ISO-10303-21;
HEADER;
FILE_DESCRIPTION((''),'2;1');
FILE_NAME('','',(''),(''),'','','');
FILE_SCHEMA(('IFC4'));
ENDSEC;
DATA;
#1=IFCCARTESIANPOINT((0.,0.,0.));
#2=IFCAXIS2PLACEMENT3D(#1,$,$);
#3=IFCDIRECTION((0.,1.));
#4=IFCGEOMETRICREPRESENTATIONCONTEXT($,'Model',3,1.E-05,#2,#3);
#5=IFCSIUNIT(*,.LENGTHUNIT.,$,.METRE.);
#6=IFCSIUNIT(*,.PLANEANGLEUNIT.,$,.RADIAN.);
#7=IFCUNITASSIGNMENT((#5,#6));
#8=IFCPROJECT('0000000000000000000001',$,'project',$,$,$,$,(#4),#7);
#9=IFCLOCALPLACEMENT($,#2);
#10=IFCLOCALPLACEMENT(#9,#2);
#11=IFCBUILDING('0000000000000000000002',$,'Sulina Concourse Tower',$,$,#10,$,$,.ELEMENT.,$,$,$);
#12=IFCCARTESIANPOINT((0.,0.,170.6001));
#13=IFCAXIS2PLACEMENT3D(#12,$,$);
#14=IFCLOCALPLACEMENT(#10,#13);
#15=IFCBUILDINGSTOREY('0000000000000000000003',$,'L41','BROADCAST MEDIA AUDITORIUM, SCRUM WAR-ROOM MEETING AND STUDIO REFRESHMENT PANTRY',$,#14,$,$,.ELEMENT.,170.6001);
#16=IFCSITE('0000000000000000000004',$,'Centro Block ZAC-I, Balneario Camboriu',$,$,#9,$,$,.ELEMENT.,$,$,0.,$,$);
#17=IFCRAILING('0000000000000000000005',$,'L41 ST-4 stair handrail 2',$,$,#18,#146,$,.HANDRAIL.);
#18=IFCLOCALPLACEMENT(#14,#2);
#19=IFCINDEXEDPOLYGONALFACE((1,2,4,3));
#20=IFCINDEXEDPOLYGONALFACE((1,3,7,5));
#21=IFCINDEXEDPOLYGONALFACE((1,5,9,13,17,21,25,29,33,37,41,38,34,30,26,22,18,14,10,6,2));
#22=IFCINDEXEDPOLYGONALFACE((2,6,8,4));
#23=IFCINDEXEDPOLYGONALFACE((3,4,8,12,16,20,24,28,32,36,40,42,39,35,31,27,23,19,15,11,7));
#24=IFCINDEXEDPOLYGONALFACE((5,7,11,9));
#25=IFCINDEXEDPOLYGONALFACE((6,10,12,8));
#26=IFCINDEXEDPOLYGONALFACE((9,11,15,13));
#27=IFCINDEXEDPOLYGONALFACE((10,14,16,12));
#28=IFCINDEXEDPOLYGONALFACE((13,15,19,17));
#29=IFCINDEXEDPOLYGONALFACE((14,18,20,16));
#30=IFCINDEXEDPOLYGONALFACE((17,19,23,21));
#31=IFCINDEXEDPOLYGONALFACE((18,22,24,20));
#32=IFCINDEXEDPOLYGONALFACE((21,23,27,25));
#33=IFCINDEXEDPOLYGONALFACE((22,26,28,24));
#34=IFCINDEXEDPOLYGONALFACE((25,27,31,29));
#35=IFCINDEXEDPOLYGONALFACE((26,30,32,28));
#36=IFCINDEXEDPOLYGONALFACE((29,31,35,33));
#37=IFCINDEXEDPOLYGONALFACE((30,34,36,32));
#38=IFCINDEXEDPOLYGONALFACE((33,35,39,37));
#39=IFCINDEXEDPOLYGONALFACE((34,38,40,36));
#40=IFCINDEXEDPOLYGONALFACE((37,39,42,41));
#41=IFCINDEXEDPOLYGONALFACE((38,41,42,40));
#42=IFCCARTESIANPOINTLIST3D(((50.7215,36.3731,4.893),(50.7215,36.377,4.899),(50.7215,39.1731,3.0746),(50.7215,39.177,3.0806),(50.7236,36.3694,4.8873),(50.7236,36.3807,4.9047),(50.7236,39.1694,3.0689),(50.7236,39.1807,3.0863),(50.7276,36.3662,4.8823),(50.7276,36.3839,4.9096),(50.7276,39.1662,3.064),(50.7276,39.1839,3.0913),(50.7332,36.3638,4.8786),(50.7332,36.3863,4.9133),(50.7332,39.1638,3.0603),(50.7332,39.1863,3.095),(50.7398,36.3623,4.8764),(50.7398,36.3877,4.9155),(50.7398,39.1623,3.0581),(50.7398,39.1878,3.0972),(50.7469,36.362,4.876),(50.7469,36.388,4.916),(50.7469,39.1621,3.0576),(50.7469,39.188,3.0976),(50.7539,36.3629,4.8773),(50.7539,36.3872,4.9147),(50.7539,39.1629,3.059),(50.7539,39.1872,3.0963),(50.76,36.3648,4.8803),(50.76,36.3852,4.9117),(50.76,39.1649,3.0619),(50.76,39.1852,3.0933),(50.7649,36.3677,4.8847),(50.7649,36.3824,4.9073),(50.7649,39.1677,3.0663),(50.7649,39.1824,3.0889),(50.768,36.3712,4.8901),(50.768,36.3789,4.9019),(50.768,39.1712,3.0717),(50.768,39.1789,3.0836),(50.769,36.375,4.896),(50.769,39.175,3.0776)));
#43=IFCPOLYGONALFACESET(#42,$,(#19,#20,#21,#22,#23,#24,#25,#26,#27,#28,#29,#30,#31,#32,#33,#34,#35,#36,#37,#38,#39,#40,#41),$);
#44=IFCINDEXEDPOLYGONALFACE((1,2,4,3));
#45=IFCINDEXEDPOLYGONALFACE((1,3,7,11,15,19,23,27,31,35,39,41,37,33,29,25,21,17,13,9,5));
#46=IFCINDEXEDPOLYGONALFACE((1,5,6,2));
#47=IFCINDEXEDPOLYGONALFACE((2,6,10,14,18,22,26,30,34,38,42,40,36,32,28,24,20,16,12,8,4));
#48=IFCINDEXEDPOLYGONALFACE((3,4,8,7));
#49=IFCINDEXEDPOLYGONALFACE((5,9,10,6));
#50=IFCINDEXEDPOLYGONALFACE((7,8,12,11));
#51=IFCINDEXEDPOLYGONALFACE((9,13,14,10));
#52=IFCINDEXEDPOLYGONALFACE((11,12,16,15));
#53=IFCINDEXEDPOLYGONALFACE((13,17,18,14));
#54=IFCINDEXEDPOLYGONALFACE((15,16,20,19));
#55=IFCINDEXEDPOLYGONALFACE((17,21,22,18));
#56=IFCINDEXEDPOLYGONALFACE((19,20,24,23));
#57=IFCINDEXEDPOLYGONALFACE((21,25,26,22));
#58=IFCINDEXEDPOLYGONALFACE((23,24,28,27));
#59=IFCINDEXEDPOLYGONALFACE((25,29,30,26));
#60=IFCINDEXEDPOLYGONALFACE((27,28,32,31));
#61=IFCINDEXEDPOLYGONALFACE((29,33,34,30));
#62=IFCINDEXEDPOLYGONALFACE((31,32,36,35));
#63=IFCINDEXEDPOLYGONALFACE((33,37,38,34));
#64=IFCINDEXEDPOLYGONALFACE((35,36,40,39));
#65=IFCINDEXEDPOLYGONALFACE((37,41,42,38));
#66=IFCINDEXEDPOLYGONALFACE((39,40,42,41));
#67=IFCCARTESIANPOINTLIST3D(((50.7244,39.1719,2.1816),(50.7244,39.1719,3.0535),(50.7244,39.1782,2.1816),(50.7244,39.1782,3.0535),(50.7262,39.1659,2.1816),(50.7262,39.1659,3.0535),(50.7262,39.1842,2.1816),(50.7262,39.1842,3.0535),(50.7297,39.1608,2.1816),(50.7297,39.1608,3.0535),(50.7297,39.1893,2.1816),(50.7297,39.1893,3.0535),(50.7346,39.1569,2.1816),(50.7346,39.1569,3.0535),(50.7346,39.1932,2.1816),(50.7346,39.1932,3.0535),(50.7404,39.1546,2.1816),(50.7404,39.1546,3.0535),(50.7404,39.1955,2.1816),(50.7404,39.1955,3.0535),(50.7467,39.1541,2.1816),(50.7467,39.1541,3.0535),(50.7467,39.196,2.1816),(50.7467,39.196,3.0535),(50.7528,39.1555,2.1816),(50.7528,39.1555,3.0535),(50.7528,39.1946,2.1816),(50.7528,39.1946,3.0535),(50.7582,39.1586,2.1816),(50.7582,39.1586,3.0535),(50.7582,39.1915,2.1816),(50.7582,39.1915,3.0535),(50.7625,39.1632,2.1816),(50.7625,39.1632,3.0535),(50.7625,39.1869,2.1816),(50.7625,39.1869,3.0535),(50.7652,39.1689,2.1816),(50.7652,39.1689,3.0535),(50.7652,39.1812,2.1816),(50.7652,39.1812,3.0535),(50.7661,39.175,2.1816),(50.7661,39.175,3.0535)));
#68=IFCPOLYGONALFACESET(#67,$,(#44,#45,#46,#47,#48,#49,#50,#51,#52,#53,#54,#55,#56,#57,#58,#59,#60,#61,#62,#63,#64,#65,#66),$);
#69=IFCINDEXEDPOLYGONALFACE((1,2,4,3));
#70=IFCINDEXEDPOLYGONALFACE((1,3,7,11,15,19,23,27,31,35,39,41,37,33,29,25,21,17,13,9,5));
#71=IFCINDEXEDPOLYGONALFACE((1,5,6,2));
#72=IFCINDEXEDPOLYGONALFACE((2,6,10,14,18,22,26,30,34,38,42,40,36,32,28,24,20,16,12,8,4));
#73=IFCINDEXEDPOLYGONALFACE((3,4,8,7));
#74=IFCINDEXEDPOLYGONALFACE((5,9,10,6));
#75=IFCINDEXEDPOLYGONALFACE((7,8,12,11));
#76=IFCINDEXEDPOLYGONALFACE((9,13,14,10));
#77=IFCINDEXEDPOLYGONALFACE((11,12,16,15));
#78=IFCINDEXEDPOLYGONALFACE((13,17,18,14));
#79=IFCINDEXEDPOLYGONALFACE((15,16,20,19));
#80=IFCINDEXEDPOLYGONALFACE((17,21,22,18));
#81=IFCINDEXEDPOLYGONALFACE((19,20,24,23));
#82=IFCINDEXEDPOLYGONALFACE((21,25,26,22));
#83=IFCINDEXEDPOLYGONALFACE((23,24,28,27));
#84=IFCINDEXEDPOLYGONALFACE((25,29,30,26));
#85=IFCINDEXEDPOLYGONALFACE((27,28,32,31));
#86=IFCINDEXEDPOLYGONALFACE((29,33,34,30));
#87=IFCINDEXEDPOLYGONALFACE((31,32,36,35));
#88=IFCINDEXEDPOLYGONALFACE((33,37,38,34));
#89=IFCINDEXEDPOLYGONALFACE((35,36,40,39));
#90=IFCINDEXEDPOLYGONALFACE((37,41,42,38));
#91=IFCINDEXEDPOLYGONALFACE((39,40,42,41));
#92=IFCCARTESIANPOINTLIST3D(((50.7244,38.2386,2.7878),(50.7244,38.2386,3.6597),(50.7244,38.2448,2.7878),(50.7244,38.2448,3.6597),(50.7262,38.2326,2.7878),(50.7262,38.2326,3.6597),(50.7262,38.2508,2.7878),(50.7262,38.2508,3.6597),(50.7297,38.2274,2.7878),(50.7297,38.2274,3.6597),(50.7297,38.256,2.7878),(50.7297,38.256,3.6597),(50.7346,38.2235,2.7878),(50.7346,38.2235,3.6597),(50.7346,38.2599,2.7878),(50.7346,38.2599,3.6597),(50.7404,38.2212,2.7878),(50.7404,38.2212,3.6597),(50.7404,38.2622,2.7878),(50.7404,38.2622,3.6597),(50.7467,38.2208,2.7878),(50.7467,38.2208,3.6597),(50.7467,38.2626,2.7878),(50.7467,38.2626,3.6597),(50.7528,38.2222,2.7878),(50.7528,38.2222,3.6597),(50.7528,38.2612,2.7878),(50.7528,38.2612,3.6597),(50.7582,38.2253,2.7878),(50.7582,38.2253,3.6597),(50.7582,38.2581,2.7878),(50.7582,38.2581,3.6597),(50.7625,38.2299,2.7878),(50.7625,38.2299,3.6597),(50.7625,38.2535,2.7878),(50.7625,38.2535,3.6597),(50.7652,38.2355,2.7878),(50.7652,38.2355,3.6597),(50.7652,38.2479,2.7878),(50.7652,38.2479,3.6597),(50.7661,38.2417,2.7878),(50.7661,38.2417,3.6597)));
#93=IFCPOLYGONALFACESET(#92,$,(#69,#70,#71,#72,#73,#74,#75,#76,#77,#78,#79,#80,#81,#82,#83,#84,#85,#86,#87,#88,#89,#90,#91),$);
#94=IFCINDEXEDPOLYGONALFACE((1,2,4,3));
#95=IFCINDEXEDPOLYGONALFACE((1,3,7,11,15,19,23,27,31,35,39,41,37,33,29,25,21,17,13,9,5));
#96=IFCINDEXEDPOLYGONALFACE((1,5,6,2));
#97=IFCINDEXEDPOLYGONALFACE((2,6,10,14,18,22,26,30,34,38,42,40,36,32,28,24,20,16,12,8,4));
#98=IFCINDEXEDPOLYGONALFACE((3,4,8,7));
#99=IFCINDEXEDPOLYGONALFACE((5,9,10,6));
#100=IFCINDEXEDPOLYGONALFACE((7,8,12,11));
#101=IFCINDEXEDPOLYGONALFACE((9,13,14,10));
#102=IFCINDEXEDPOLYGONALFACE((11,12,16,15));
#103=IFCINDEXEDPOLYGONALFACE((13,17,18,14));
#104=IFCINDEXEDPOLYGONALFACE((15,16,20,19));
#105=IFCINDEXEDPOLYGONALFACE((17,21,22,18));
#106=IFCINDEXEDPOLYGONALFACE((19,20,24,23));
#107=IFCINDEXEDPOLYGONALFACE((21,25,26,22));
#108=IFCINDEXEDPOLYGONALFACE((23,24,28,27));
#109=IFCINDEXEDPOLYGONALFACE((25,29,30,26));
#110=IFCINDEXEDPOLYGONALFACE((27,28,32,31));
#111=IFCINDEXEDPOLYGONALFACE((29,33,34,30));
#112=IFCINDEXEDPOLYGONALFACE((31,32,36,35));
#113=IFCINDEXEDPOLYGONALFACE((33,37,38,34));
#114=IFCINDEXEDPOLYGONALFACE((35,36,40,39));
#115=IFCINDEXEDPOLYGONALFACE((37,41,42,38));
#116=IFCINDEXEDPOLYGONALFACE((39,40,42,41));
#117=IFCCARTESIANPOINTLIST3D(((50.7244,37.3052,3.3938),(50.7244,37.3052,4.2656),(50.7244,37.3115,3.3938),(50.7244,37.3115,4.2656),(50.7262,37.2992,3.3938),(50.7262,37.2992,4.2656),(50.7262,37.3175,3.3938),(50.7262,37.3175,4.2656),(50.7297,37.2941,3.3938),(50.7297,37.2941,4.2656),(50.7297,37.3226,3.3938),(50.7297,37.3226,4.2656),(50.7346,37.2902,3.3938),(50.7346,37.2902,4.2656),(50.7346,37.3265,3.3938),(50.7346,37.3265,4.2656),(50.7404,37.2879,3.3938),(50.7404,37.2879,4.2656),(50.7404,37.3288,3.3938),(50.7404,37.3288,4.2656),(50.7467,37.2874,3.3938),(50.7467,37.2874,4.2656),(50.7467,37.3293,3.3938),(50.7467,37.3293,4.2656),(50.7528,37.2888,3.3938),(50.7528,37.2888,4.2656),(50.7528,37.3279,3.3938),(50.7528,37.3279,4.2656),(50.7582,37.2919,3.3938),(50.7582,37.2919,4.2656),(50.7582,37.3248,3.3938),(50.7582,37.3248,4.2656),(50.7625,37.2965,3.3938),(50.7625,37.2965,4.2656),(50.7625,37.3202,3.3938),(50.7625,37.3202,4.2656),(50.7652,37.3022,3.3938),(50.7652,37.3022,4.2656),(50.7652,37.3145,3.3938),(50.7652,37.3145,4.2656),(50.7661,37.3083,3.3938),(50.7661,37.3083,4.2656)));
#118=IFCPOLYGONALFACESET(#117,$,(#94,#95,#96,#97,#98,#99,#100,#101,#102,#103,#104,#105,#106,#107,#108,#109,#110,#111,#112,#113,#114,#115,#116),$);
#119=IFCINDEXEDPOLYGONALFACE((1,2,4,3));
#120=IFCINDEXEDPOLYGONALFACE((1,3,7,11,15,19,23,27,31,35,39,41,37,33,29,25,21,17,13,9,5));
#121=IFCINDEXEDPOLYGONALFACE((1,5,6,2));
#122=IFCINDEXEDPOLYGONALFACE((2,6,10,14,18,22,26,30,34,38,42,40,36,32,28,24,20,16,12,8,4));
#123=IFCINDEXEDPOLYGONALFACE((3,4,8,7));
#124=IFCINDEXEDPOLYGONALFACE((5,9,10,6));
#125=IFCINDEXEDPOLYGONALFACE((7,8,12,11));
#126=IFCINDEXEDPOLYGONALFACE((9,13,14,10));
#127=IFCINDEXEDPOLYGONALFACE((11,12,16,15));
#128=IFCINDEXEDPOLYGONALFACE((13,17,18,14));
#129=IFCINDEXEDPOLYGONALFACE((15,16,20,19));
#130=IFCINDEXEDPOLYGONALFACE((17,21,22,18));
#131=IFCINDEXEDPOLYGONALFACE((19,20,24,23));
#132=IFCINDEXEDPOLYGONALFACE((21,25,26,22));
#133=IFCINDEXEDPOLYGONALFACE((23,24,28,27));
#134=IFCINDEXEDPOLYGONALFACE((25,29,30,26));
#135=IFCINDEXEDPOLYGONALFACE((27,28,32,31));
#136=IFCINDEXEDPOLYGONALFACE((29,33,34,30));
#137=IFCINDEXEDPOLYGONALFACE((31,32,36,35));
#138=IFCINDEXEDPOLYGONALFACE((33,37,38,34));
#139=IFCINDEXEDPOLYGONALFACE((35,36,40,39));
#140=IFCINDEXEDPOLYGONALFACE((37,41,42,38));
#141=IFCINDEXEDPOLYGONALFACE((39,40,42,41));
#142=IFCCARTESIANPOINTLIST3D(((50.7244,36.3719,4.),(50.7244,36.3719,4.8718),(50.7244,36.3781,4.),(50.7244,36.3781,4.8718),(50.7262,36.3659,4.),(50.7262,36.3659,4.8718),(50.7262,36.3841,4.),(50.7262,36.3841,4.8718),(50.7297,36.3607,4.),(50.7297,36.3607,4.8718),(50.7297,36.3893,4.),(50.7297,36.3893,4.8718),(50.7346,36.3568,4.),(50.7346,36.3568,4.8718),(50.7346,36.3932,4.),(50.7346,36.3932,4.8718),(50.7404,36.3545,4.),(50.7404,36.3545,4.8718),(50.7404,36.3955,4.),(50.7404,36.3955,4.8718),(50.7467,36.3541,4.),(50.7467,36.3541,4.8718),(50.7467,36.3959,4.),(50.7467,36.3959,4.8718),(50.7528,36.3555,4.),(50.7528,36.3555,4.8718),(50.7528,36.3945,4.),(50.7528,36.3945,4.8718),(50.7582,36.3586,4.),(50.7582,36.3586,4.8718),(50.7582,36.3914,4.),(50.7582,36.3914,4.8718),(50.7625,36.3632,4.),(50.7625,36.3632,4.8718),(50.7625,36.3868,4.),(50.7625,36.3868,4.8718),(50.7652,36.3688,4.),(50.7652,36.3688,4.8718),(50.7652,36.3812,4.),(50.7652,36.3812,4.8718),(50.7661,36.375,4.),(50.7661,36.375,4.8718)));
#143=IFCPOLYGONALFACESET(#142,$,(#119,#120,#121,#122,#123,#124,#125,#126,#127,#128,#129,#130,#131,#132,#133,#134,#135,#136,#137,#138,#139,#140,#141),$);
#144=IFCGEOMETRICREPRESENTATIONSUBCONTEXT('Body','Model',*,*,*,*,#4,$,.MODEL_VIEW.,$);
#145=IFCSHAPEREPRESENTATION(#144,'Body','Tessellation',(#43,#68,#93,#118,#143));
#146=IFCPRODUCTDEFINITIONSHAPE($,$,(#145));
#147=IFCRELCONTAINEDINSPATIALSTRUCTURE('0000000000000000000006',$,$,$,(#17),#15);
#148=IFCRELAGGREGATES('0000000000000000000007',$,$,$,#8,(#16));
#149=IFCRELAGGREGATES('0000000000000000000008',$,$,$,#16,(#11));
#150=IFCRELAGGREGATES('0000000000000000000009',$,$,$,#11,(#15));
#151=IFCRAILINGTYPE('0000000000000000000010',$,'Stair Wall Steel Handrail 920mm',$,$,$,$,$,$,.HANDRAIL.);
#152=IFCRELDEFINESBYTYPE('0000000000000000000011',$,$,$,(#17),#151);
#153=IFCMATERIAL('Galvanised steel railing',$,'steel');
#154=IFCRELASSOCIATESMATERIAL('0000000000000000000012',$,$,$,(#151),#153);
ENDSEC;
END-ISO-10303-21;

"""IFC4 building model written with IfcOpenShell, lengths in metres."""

from ifc_helpers import new_model, si_unit, direction, frame, origin, origin_2d, place, context, subcontext, project, spatial, circle, extrude, material, type_object, element, save


model = new_model("IFC4")

# Units and contexts
model_context = context("Model", 3, precision=1e-05, world=origin(), true_north=direction((0.0, 1.0)))
body_context = subcontext(model_context, "Body", "Model", "MODEL_VIEW")
ifc_project = project(units=[si_unit("LENGTHUNIT", "METRE"), si_unit("PLANEANGLEUNIT", "RADIAN")], contexts=[model_context])

# Site, building, storey
site_placement = place(None, origin())
site = spatial("IfcSite", under=ifc_project, at=site_placement, Name="Centro Block ZAC-I, Balneario Camboriu", CompositionType="ELEMENT", RefElevation=0.0)
building_placement = place(site_placement, origin())
building = spatial("IfcBuilding", under=site, at=building_placement, Name="Sulina Concourse Tower", CompositionType="ELEMENT")
storey_placement = place(building_placement, frame((0.0, 0.0, 170.6001)))
storey = spatial("IfcBuildingStorey", under=building, at=storey_placement, Name="L41", Description="BROADCAST MEDIA AUDITORIUM, SCRUM WAR-ROOM MEETING AND STUDIO REFRESHMENT PANTRY", CompositionType="ELEMENT", Elevation=170.6001)

# Railing
ifc_material_1 = material(Name="Galvanised steel railing", Category="steel")
railing_type_1 = type_object("IfcRailingType", Name="Stair Wall Steel Handrail 920mm", PredefinedType="HANDRAIL", material=ifc_material_1)
railing_1_placement = place(storey_placement, frame((50.7451, 39.175, 2.1816)))
element("IfcRailing", 1, at=railing_1_placement, inside=storey, type_object=railing_type_1, Name="L41 ST-4 stair handrail 2", PredefinedType="HANDRAIL", context=body_context, shape_type="SweptSolid", body=[
    extrude(circle(Radius=0.0239, at=origin_2d()), frame((0.0, 0.0, 0.896), z_axis=(0.0, -0.838672, 0.544636), x_axis=(1.0, 0.0, 0.0)), (0.0, 0.0, 1.0), 3.3386),
    extrude(circle(Radius=0.021, at=origin_2d()), origin(), (0.0, 0.0, 1.0), 0.8718),
    extrude(circle(Radius=0.021, at=origin_2d()), frame((0.0, -0.9333, 0.6062)), (0.0, 0.0, 1.0), 0.8718),
    extrude(circle(Radius=0.021, at=origin_2d()), frame((0.0, -1.8667, 1.2122)), (0.0, 0.0, 1.0), 0.8718),
    extrude(circle(Radius=0.021, at=origin_2d()), frame((0.0, -2.8, 1.8184)), (0.0, 0.0, 1.0), 0.8718),
])

save(model, "model.ifc")
